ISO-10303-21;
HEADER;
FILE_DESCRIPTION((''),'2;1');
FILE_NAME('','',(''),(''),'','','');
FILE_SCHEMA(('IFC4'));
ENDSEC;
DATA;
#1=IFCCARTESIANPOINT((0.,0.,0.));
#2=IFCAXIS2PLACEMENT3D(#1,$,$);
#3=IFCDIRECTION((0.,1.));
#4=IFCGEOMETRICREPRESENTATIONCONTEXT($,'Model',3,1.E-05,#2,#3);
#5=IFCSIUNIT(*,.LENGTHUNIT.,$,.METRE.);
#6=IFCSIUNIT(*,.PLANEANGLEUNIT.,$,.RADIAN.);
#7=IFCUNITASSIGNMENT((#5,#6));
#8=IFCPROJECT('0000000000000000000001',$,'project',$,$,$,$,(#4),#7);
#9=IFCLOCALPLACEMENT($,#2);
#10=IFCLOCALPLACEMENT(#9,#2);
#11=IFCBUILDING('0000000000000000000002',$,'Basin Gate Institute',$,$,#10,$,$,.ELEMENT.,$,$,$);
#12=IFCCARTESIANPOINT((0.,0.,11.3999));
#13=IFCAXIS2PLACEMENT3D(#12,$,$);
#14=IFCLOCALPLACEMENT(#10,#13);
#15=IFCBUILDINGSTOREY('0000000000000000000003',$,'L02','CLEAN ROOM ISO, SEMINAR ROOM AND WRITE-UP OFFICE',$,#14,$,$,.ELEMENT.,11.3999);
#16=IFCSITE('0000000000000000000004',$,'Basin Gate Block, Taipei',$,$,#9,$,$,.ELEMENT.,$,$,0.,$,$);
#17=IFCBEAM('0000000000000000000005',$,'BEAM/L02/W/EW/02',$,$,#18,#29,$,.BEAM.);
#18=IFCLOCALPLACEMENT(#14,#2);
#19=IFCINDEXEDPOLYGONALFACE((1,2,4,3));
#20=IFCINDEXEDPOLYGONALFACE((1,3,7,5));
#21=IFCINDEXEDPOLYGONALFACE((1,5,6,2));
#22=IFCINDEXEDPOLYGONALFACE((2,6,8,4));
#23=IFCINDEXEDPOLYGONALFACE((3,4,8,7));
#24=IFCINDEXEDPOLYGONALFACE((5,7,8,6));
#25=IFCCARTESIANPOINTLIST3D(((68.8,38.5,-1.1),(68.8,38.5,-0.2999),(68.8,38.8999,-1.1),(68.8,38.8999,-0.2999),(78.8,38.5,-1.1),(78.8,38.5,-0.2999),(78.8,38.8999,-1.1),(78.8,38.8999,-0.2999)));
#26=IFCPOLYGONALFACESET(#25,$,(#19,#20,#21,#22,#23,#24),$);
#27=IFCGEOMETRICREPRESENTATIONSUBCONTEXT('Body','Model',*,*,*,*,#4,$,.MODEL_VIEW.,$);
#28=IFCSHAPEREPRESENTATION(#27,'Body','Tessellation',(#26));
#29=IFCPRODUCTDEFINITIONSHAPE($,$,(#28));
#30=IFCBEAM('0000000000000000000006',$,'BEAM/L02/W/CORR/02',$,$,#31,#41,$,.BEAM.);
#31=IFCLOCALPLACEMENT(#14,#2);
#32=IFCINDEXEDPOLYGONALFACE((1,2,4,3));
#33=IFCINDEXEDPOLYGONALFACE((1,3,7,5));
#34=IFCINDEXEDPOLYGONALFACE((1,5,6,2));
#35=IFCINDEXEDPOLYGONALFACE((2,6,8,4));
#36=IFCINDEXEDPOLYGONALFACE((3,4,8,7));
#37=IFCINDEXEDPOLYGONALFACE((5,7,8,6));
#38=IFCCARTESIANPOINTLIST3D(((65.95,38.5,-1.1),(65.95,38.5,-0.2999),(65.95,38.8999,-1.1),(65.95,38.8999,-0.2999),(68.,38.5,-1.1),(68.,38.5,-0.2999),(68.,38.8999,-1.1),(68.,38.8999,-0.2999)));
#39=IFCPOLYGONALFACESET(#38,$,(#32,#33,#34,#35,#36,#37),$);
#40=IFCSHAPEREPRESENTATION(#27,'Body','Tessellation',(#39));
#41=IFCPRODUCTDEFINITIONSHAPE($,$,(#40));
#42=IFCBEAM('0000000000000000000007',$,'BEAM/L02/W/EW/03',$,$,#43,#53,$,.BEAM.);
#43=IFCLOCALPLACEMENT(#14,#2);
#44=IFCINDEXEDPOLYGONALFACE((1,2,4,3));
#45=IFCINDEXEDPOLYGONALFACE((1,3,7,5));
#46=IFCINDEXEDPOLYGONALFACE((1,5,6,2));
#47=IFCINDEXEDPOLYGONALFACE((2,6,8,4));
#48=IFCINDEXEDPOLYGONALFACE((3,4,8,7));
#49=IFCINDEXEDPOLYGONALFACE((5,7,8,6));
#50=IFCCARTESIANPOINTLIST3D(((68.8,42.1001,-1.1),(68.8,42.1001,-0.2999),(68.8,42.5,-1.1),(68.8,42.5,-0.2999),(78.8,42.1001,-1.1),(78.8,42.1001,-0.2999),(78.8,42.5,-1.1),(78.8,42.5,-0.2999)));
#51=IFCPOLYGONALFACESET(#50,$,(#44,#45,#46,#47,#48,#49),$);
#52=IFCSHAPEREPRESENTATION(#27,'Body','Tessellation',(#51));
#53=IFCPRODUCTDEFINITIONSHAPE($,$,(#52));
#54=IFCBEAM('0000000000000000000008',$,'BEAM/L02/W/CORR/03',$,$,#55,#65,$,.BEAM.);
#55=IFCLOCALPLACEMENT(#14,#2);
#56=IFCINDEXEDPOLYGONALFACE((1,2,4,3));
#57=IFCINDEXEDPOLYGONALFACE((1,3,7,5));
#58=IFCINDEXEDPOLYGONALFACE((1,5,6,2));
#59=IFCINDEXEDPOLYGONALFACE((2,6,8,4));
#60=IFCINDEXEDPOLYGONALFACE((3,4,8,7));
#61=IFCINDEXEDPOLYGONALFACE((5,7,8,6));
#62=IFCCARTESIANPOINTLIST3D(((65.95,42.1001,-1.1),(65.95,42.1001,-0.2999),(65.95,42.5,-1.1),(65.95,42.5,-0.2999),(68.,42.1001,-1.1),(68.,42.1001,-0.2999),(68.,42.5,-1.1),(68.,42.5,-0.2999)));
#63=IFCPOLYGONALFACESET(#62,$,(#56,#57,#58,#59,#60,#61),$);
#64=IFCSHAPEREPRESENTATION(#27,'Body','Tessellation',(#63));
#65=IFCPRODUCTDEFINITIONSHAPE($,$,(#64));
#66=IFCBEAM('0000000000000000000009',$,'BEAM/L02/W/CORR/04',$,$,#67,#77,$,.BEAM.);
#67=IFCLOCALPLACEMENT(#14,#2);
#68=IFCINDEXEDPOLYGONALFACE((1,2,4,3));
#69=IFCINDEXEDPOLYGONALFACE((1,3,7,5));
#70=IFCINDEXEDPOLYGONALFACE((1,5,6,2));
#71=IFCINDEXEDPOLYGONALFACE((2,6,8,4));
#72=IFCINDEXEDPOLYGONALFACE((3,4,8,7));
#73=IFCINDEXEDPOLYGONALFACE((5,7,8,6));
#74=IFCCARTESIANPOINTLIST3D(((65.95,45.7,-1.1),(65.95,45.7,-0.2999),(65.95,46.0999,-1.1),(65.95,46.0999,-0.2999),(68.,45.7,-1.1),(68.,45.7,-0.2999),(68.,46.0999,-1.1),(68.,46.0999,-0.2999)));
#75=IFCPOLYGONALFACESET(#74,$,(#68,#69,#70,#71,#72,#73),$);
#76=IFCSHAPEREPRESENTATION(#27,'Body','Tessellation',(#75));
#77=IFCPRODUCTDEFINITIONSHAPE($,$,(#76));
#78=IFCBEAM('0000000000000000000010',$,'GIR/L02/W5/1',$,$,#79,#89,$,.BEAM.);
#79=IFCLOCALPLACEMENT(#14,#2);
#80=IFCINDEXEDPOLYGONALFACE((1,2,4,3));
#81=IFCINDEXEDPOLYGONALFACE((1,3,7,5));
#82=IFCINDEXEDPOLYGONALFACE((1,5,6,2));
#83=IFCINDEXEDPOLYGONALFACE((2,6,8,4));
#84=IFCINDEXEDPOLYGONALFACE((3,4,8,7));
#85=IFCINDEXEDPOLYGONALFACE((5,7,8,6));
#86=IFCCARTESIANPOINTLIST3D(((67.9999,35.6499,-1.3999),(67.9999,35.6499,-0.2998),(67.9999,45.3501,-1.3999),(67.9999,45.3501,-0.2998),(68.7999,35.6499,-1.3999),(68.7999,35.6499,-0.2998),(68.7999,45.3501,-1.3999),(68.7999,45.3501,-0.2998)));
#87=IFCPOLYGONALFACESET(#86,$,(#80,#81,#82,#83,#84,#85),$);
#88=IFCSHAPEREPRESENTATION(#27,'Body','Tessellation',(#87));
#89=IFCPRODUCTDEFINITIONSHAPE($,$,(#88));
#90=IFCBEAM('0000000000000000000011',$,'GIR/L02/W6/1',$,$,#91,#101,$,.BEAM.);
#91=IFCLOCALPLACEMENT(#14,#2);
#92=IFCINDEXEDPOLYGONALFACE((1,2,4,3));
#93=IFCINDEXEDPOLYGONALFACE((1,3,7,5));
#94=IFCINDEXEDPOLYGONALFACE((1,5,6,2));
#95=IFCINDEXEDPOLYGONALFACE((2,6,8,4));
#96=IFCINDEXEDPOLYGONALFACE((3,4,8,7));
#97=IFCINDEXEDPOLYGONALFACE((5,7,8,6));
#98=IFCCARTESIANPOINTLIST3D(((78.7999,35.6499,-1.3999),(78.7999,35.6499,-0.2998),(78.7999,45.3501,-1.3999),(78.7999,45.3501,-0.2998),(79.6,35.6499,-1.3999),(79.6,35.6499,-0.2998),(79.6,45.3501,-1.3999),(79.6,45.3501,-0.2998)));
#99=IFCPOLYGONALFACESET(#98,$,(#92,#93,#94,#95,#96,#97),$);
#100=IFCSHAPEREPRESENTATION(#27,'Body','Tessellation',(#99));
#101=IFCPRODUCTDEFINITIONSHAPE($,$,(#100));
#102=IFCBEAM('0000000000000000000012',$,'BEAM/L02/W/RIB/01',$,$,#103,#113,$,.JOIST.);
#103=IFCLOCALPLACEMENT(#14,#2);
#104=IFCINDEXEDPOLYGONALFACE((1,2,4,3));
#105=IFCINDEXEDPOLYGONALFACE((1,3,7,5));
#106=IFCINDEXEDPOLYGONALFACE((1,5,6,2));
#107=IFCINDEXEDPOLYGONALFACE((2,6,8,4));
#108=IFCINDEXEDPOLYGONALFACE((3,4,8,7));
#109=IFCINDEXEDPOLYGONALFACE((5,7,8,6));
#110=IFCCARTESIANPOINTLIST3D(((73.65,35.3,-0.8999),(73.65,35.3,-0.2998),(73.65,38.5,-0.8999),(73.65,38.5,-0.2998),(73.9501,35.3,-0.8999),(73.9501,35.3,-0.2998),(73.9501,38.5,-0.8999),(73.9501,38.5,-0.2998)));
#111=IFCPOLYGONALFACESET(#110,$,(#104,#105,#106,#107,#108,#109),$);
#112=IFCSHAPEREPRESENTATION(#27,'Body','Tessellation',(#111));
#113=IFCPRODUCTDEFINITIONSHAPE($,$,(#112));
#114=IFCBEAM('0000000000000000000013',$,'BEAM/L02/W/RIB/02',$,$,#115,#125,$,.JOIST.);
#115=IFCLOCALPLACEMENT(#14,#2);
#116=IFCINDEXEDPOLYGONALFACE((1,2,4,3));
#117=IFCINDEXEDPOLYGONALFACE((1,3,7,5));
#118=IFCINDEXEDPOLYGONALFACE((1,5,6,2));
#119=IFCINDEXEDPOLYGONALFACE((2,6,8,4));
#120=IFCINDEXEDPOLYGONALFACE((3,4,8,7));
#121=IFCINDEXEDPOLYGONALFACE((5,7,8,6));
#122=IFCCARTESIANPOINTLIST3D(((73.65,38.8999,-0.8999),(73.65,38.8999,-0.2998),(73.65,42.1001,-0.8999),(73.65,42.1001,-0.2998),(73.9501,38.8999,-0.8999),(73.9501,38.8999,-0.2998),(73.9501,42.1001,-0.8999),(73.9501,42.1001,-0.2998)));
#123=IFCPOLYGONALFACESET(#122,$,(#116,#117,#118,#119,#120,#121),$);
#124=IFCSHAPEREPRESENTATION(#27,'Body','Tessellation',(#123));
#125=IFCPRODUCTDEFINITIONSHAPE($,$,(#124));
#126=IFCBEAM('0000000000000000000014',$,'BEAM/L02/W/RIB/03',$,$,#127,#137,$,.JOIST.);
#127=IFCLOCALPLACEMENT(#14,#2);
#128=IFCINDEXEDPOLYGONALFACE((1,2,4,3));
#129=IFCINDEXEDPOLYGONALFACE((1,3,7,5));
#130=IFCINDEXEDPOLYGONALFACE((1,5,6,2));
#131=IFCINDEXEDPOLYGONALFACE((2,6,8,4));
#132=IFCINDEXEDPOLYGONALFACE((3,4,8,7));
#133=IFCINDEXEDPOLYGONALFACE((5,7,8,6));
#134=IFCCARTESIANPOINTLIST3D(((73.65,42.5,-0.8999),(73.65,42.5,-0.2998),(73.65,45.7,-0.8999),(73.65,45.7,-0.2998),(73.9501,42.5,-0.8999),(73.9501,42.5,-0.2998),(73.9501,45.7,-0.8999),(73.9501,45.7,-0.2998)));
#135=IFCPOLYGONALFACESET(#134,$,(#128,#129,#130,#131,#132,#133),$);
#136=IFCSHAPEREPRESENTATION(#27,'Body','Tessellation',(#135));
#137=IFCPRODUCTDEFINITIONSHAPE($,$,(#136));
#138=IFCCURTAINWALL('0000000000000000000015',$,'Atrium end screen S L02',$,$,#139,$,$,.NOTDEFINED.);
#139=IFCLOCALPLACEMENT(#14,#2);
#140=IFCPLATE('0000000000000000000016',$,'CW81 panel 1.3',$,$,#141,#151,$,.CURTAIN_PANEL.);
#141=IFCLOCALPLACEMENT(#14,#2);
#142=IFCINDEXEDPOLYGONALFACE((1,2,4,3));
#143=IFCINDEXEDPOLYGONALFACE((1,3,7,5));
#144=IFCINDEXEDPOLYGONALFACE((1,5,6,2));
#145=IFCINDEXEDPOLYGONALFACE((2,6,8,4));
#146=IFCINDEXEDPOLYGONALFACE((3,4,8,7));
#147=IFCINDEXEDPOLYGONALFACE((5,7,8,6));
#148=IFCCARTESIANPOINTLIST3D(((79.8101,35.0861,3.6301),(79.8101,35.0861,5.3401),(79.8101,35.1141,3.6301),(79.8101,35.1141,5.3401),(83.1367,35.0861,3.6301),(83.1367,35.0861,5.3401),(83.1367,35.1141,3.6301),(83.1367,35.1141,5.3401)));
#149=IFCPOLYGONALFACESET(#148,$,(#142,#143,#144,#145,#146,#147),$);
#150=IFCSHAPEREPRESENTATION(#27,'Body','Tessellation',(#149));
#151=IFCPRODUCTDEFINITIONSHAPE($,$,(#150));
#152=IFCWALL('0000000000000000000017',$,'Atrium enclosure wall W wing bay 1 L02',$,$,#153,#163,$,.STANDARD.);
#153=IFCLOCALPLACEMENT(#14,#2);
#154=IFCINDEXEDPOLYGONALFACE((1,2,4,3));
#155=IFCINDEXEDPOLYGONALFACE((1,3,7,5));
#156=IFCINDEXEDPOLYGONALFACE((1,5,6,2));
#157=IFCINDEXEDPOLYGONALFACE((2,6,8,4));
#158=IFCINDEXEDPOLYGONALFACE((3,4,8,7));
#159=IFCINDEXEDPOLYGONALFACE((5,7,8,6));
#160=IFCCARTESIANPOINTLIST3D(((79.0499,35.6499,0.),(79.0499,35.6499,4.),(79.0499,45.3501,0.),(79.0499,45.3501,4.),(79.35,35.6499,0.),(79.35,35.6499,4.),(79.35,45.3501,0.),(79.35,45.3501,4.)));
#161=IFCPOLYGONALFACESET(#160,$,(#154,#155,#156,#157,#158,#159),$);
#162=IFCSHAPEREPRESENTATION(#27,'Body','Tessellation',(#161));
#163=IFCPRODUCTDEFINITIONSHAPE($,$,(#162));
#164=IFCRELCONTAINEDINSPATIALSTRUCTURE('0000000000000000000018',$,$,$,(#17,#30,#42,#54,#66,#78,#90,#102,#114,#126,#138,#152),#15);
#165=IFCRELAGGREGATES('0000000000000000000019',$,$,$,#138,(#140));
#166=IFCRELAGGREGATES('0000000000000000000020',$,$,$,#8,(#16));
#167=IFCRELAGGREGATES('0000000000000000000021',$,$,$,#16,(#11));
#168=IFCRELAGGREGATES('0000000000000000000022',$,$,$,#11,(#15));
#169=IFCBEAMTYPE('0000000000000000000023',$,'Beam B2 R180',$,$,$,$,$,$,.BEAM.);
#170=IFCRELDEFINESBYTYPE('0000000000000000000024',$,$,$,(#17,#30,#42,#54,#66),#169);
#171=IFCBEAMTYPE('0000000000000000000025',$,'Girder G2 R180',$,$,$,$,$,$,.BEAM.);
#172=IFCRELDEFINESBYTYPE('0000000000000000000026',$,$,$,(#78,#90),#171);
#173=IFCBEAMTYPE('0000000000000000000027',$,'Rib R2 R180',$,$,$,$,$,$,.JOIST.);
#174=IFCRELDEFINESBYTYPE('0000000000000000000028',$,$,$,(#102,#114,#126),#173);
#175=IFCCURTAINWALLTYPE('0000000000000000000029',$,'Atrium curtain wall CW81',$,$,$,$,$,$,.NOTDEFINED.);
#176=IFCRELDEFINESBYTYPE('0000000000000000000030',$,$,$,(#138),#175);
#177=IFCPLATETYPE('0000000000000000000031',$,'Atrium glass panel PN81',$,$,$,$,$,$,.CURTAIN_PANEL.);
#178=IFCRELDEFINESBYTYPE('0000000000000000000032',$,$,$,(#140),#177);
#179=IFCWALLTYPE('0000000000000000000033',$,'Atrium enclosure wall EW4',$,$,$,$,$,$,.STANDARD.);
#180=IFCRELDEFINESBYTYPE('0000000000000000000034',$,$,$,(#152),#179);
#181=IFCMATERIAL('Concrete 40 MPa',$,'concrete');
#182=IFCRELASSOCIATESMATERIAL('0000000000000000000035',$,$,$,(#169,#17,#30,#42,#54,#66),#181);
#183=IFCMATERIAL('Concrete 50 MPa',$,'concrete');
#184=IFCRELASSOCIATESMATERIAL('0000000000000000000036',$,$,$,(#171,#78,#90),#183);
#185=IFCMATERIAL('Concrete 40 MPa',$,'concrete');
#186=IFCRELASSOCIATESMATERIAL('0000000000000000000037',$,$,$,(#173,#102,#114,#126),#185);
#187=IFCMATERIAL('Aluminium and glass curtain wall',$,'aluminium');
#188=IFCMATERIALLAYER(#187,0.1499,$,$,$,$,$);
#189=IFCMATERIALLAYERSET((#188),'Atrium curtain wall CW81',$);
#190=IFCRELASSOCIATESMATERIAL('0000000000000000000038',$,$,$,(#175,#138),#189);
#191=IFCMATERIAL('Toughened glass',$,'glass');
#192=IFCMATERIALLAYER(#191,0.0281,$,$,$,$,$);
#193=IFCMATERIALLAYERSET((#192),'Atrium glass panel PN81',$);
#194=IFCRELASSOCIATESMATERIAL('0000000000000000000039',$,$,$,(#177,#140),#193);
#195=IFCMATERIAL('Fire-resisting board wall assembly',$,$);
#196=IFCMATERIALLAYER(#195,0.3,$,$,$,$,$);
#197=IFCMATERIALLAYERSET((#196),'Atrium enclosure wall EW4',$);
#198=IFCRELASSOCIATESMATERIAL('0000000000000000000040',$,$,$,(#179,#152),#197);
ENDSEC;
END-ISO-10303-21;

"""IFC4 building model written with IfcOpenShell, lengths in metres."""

from ifc_helpers import new_model, si_unit, direction, frame, frame_2d, origin, origin_2d, place, context, subcontext, project, spatial, rectangle, extrude, material, layer, layer_set, material_profile, profile_set, type_object, element, aggregate, save


model = new_model("IFC4")

# Units and contexts
model_context = context("Model", 3, precision=1e-05, world=origin(), true_north=direction((0.0, 1.0)))
body_context = subcontext(model_context, "Body", "Model", "MODEL_VIEW")
ifc_project = project(units=[si_unit("LENGTHUNIT", "METRE"), si_unit("PLANEANGLEUNIT", "RADIAN")], contexts=[model_context])

# Site, building, storey
site_placement = place(None, origin())
site = spatial("IfcSite", under=ifc_project, at=site_placement, Name="Basin Gate Block, Taipei", CompositionType="ELEMENT", RefElevation=0.0)
building_placement = place(site_placement, origin())
building = spatial("IfcBuilding", under=site, at=building_placement, Name="Basin Gate Institute", CompositionType="ELEMENT")
storey_placement = place(building_placement, frame((0.0, 0.0, 11.3999)))
storey = spatial("IfcBuildingStorey", under=building, at=storey_placement, Name="L02", Description="CLEAN ROOM ISO, SEMINAR ROOM AND WRITE-UP OFFICE", CompositionType="ELEMENT", Elevation=11.3999)

# Beams
ifc_material_1 = material(Name="Concrete 40 MPa", Category="concrete")
ifc_material_profile_1 = material_profile(ifc_material_1, rectangle(XDim=0.3999, YDim=0.8, at=origin_2d()), Name="Beam B2 400 x 800")
ifc_profile_set_1 = profile_set([ifc_material_profile_1], Name="Concrete 40 MPa")
beam_type_1 = type_object("IfcBeamType", Name="Beam B2 R180", PredefinedType="BEAM", material=ifc_profile_set_1)
beam_1_placement = place(storey_placement, frame((68.8, 38.7, -0.7), z_axis=(1.0, 0.0, 0.0), x_axis=(0.0, 1.0, 0.0)))
element("IfcBeam", 1, at=beam_1_placement, inside=storey, type_object=beam_type_1, material=ifc_profile_set_1, Name="BEAM/L02/W/EW/02", PredefinedType="BEAM", context=body_context, shape_type="SweptSolid", body=[
    extrude(rectangle(XDim=0.3999, YDim=0.8, at=origin_2d()), origin(), (0.0, 0.0, 1.0), 10.0),
])
beam_2_placement = place(storey_placement, frame((65.95, 38.7, -0.7), z_axis=(1.0, 0.0, 0.0), x_axis=(0.0, 1.0, 0.0)))
element("IfcBeam", 2, at=beam_2_placement, inside=storey, type_object=beam_type_1, material=ifc_profile_set_1, Name="BEAM/L02/W/CORR/02", PredefinedType="BEAM", context=body_context, shape_type="SweptSolid", body=[
    extrude(rectangle(XDim=0.3999, YDim=0.8, at=origin_2d()), origin(), (0.0, 0.0, 1.0), 2.05),
])
beam_3_placement = place(storey_placement, frame((68.8, 42.3, -0.7), z_axis=(1.0, 0.0, 0.0), x_axis=(0.0, 1.0, 0.0)))
element("IfcBeam", 3, at=beam_3_placement, inside=storey, type_object=beam_type_1, material=ifc_profile_set_1, Name="BEAM/L02/W/EW/03", PredefinedType="BEAM", context=body_context, shape_type="SweptSolid", body=[
    extrude(rectangle(XDim=0.3999, YDim=0.8, at=origin_2d()), origin(), (0.0, 0.0, 1.0), 10.0),
])
for number, where, z_axis, x_axis, name in (
    (4, (65.95, 42.3, -0.7), (1.0, 0.0, 0.0), (0.0, 1.0, 0.0), "BEAM/L02/W/CORR/03"),
    (5, (65.95, 45.8999, -0.7), (1.0, 0.0, 0.0), (0.0, 1.0, 0.0), "BEAM/L02/W/CORR/04"),
):
    element("IfcBeam", number, at=place(storey_placement, frame(where, z_axis=z_axis, x_axis=x_axis)), inside=storey, type_object=beam_type_1, material=ifc_profile_set_1, Name=name, PredefinedType="BEAM", context=body_context, shape_type="SweptSolid", body=[
        extrude(rectangle(XDim=0.3999, YDim=0.8, at=origin_2d()), origin(), (0.0, 0.0, 1.0), 2.05),
    ])
ifc_material_2 = material(Name="Concrete 50 MPa", Category="concrete")
ifc_material_profile_2 = material_profile(ifc_material_2, rectangle(XDim=0.8, YDim=1.1001, at=origin_2d()), Name="Girder G2 800 x 1100")
ifc_profile_set_2 = profile_set([ifc_material_profile_2], Name="Concrete 50 MPa")
beam_type_2 = type_object("IfcBeamType", Name="Girder G2 R180", PredefinedType="BEAM", material=ifc_profile_set_2)
for number, where, z_axis, x_axis, name in (
    (6, (68.3999, 35.6499, -0.8499), (0.0, 1.0, 0.0), (-1.0, 0.0, 0.0), "GIR/L02/W5/1"),
    (7, (79.2, 35.6499, -0.8499), (0.0, 1.0, 0.0), (-1.0, 0.0, 0.0), "GIR/L02/W6/1"),
):
    element("IfcBeam", number, at=place(storey_placement, frame(where, z_axis=z_axis, x_axis=x_axis)), inside=storey, type_object=beam_type_2, material=ifc_profile_set_2, Name=name, PredefinedType="BEAM", context=body_context, shape_type="SweptSolid", body=[
        extrude(rectangle(XDim=0.8, YDim=1.1001, at=origin_2d()), origin(), (0.0, 0.0, 1.0), 9.7002),
    ])
ifc_material_3 = material(Name="Concrete 40 MPa", Category="concrete")
ifc_material_profile_3 = material_profile(ifc_material_3, rectangle(XDim=0.3, YDim=0.6001, at=origin_2d()), Name="Rib R2 300 x 600")
ifc_profile_set_3 = profile_set([ifc_material_profile_3], Name="Concrete 40 MPa")
beam_type_3 = type_object("IfcBeamType", Name="Rib R2 R180", PredefinedType="JOIST", material=ifc_profile_set_3)
beam_4_placement = place(storey_placement, frame((73.8, 35.3, -0.5999), z_axis=(0.0, 1.0, 0.0), x_axis=(-1.0, 0.0, 0.0)))
element("IfcBeam", 8, at=beam_4_placement, inside=storey, type_object=beam_type_3, material=ifc_profile_set_3, Name="BEAM/L02/W/RIB/01", PredefinedType="JOIST", context=body_context, shape_type="SweptSolid", body=[
    extrude(rectangle(XDim=0.3, YDim=0.6001, at=origin_2d()), origin(), (0.0, 0.0, 1.0), 3.2),
])
beam_5_placement = place(storey_placement, frame((73.8, 38.8999, -0.5999), z_axis=(0.0, 1.0, 0.0), x_axis=(-1.0, 0.0, 0.0)))
element("IfcBeam", 9, at=beam_5_placement, inside=storey, type_object=beam_type_3, material=ifc_profile_set_3, Name="BEAM/L02/W/RIB/02", PredefinedType="JOIST", context=body_context, shape_type="SweptSolid", body=[
    extrude(rectangle(XDim=0.3, YDim=0.6001, at=origin_2d()), origin(), (0.0, 0.0, 1.0), 3.2002),
])
beam_6_placement = place(storey_placement, frame((73.8, 42.5, -0.5999), z_axis=(0.0, 1.0, 0.0), x_axis=(-1.0, 0.0, 0.0)))
element("IfcBeam", 10, at=beam_6_placement, inside=storey, type_object=beam_type_3, material=ifc_profile_set_3, Name="BEAM/L02/W/RIB/03", PredefinedType="JOIST", context=body_context, shape_type="SweptSolid", body=[
    extrude(rectangle(XDim=0.3, YDim=0.6001, at=origin_2d()), origin(), (0.0, 0.0, 1.0), 3.2),
])

# Curtain wall, plate
ifc_material_4 = material(Name="Aluminium and glass curtain wall", Category="aluminium")
ifc_layer_1 = layer(ifc_material_4, 0.1499)
ifc_layer_set_1 = layer_set([ifc_layer_1], Name="Atrium curtain wall CW81")
curtain_wall_type = type_object("IfcCurtainWallType", Name="Atrium curtain wall CW81", PredefinedType="NOTDEFINED", material=ifc_layer_set_1)
curtain_wall_placement = place(storey_placement, origin())
curtain_wall = element("IfcCurtainWall", 11, at=curtain_wall_placement, inside=storey, type_object=curtain_wall_type, material=ifc_layer_set_1, Name="Atrium end screen S L02", PredefinedType="NOTDEFINED")
ifc_material_5 = material(Name="Toughened glass", Category="glass")
ifc_layer_2 = layer(ifc_material_5, 0.0281)
ifc_layer_set_2 = layer_set([ifc_layer_2], Name="Atrium glass panel PN81")
plate_type = type_object("IfcPlateType", Name="Atrium glass panel PN81", PredefinedType="CURTAIN_PANEL", material=ifc_layer_set_2)
plate_placement = place(storey_placement, frame((81.4734, 35.1001, 3.6301), z_axis=(0.0, 0.0, 1.0), x_axis=(1.0, 0.0, 0.0)))
plate = element("IfcPlate", 12, at=plate_placement, type_object=plate_type, material=ifc_layer_set_2, Name="CW81 panel 1.3", PredefinedType="CURTAIN_PANEL", context=body_context, shape_type="SweptSolid", body=[
    extrude(rectangle(XDim=3.3267, YDim=0.0281, at=origin_2d()), origin(), (0.0, 0.0, 1.0), 1.71),
])
aggregate(curtain_wall, [plate])

# Wall
ifc_material_6 = material(Name="Fire-resisting board wall assembly")
ifc_layer_3 = layer(ifc_material_6, 0.3)
ifc_layer_set_3 = layer_set([ifc_layer_3], Name="Atrium enclosure wall EW4")
wall_type_1 = type_object("IfcWallType", Name="Atrium enclosure wall EW4", PredefinedType="STANDARD", material=ifc_layer_set_3)
wall_1_placement = place(storey_placement, frame((79.2, 35.6499, 0.0), z_axis=(0.0, 0.0, 1.0), x_axis=(0.0, 1.0, 0.0)))
element("IfcWall", 13, at=wall_1_placement, inside=storey, type_object=wall_type_1, material=ifc_layer_set_3, Name="Atrium enclosure wall W wing bay 1 L02", PredefinedType="STANDARD", context=body_context, shape_type="SweptSolid", body=[
    extrude(rectangle(XDim=9.7002, YDim=0.3, at=frame_2d((4.8501, 0.0))), origin(), (0.0, 0.0, 1.0), 4.0),
])

save(model, "model.ifc")
